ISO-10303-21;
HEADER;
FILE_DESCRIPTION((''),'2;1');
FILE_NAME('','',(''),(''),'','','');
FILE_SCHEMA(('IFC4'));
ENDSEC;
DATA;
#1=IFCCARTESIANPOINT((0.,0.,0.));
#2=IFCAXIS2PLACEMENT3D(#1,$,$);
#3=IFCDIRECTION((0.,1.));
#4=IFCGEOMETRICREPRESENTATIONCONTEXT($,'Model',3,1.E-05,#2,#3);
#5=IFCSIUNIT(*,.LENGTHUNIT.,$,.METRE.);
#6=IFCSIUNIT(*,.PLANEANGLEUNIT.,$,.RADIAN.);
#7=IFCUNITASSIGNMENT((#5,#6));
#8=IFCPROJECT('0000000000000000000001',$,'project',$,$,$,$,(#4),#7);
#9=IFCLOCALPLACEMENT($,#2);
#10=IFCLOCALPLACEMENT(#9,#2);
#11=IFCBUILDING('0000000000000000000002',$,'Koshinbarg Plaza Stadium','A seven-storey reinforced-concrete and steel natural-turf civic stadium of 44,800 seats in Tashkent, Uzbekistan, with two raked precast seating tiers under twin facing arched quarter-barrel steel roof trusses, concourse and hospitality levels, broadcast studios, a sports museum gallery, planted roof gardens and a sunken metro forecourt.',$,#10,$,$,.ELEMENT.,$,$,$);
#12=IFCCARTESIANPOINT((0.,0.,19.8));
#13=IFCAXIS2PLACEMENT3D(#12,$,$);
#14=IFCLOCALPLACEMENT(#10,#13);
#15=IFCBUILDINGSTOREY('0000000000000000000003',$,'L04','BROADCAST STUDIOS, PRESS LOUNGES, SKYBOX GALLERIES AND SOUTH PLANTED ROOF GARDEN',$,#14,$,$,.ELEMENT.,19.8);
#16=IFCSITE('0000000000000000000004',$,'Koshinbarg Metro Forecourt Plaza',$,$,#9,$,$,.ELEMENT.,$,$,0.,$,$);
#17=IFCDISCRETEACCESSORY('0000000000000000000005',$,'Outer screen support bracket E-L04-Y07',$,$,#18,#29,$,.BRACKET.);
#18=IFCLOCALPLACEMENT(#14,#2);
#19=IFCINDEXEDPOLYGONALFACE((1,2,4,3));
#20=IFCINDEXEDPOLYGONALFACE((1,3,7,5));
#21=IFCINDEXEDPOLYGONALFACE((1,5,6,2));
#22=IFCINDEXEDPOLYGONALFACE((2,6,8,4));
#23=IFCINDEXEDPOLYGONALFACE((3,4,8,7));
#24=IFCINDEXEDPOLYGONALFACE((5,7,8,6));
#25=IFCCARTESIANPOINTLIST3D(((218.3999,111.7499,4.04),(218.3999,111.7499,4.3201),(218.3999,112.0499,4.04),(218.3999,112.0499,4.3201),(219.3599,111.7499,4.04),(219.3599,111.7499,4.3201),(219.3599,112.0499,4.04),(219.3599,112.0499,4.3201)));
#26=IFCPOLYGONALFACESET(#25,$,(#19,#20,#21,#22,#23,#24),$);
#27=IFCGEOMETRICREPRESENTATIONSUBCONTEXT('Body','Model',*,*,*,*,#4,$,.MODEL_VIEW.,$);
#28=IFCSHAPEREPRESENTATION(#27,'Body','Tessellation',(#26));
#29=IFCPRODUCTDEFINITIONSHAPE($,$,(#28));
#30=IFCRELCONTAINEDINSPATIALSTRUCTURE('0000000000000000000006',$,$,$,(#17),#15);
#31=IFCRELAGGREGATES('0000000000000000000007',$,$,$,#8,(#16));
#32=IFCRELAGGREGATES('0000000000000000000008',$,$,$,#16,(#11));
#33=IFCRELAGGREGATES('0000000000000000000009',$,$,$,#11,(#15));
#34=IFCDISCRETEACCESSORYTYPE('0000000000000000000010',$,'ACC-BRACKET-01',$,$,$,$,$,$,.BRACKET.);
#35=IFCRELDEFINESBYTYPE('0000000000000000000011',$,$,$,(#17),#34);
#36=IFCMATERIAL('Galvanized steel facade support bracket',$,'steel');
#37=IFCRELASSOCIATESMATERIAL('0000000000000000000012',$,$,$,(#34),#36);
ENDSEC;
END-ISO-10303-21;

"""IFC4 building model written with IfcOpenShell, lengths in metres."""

from ifc_helpers import new_model, si_unit, direction, frame, origin, origin_2d, place, context, subcontext, project, spatial, rectangle, extrude, material, type_object, element, save


model = new_model("IFC4")

# Units and contexts
model_context = context("Model", 3, precision=1e-05, world=origin(), true_north=direction((0.0, 1.0)))
body_context = subcontext(model_context, "Body", "Model", "MODEL_VIEW")
ifc_project = project(units=[si_unit("LENGTHUNIT", "METRE"), si_unit("PLANEANGLEUNIT", "RADIAN")], contexts=[model_context])

# Site, building, storey
site_placement = place(None, origin())
site = spatial("IfcSite", under=ifc_project, at=site_placement, Name="Koshinbarg Metro Forecourt Plaza", CompositionType="ELEMENT", RefElevation=0.0)
building_placement = place(site_placement, origin())
building = spatial("IfcBuilding", under=site, at=building_placement, Name="Koshinbarg Plaza Stadium", Description="A seven-storey reinforced-concrete and steel natural-turf civic stadium of 44,800 seats in Tashkent, Uzbekistan, with two raked precast seating tiers under twin facing arched quarter-barrel steel roof trusses, concourse and hospitality levels, broadcast studios, a sports museum gallery, planted roof gardens and a sunken metro forecourt.", CompositionType="ELEMENT")
storey_placement = place(building_placement, frame((0.0, 0.0, 19.8)))
storey = spatial("IfcBuildingStorey", under=building, at=storey_placement, Name="L04", Description="BROADCAST STUDIOS, PRESS LOUNGES, SKYBOX GALLERIES AND SOUTH PLANTED ROOF GARDEN", CompositionType="ELEMENT", Elevation=19.8)

# Discrete accessory
ifc_material_1 = material(Name="Galvanized steel facade support bracket", Category="steel")
discrete_accessory_type = type_object("IfcDiscreteAccessoryType", Name="ACC-BRACKET-01", PredefinedType="BRACKET", material=ifc_material_1)
for number, where, z_axis, x_axis, name in (
    (1, (218.8799, 111.8999, 4.04), (0.0, 0.0, 1.0), (1.0, 0.0, 0.0), "Outer screen support bracket E-L04-Y07"),
):
    element("IfcDiscreteAccessory", number, at=place(storey_placement, frame(where, z_axis=z_axis, x_axis=x_axis)), inside=storey, type_object=discrete_accessory_type, Name=name, PredefinedType="BRACKET", context=body_context, shape_type="SweptSolid", body=[
        extrude(rectangle(XDim=0.96, YDim=0.3, at=origin_2d()), origin(), (0.0, 0.0, 1.0), 0.28),
    ])

save(model, "model.ifc")
